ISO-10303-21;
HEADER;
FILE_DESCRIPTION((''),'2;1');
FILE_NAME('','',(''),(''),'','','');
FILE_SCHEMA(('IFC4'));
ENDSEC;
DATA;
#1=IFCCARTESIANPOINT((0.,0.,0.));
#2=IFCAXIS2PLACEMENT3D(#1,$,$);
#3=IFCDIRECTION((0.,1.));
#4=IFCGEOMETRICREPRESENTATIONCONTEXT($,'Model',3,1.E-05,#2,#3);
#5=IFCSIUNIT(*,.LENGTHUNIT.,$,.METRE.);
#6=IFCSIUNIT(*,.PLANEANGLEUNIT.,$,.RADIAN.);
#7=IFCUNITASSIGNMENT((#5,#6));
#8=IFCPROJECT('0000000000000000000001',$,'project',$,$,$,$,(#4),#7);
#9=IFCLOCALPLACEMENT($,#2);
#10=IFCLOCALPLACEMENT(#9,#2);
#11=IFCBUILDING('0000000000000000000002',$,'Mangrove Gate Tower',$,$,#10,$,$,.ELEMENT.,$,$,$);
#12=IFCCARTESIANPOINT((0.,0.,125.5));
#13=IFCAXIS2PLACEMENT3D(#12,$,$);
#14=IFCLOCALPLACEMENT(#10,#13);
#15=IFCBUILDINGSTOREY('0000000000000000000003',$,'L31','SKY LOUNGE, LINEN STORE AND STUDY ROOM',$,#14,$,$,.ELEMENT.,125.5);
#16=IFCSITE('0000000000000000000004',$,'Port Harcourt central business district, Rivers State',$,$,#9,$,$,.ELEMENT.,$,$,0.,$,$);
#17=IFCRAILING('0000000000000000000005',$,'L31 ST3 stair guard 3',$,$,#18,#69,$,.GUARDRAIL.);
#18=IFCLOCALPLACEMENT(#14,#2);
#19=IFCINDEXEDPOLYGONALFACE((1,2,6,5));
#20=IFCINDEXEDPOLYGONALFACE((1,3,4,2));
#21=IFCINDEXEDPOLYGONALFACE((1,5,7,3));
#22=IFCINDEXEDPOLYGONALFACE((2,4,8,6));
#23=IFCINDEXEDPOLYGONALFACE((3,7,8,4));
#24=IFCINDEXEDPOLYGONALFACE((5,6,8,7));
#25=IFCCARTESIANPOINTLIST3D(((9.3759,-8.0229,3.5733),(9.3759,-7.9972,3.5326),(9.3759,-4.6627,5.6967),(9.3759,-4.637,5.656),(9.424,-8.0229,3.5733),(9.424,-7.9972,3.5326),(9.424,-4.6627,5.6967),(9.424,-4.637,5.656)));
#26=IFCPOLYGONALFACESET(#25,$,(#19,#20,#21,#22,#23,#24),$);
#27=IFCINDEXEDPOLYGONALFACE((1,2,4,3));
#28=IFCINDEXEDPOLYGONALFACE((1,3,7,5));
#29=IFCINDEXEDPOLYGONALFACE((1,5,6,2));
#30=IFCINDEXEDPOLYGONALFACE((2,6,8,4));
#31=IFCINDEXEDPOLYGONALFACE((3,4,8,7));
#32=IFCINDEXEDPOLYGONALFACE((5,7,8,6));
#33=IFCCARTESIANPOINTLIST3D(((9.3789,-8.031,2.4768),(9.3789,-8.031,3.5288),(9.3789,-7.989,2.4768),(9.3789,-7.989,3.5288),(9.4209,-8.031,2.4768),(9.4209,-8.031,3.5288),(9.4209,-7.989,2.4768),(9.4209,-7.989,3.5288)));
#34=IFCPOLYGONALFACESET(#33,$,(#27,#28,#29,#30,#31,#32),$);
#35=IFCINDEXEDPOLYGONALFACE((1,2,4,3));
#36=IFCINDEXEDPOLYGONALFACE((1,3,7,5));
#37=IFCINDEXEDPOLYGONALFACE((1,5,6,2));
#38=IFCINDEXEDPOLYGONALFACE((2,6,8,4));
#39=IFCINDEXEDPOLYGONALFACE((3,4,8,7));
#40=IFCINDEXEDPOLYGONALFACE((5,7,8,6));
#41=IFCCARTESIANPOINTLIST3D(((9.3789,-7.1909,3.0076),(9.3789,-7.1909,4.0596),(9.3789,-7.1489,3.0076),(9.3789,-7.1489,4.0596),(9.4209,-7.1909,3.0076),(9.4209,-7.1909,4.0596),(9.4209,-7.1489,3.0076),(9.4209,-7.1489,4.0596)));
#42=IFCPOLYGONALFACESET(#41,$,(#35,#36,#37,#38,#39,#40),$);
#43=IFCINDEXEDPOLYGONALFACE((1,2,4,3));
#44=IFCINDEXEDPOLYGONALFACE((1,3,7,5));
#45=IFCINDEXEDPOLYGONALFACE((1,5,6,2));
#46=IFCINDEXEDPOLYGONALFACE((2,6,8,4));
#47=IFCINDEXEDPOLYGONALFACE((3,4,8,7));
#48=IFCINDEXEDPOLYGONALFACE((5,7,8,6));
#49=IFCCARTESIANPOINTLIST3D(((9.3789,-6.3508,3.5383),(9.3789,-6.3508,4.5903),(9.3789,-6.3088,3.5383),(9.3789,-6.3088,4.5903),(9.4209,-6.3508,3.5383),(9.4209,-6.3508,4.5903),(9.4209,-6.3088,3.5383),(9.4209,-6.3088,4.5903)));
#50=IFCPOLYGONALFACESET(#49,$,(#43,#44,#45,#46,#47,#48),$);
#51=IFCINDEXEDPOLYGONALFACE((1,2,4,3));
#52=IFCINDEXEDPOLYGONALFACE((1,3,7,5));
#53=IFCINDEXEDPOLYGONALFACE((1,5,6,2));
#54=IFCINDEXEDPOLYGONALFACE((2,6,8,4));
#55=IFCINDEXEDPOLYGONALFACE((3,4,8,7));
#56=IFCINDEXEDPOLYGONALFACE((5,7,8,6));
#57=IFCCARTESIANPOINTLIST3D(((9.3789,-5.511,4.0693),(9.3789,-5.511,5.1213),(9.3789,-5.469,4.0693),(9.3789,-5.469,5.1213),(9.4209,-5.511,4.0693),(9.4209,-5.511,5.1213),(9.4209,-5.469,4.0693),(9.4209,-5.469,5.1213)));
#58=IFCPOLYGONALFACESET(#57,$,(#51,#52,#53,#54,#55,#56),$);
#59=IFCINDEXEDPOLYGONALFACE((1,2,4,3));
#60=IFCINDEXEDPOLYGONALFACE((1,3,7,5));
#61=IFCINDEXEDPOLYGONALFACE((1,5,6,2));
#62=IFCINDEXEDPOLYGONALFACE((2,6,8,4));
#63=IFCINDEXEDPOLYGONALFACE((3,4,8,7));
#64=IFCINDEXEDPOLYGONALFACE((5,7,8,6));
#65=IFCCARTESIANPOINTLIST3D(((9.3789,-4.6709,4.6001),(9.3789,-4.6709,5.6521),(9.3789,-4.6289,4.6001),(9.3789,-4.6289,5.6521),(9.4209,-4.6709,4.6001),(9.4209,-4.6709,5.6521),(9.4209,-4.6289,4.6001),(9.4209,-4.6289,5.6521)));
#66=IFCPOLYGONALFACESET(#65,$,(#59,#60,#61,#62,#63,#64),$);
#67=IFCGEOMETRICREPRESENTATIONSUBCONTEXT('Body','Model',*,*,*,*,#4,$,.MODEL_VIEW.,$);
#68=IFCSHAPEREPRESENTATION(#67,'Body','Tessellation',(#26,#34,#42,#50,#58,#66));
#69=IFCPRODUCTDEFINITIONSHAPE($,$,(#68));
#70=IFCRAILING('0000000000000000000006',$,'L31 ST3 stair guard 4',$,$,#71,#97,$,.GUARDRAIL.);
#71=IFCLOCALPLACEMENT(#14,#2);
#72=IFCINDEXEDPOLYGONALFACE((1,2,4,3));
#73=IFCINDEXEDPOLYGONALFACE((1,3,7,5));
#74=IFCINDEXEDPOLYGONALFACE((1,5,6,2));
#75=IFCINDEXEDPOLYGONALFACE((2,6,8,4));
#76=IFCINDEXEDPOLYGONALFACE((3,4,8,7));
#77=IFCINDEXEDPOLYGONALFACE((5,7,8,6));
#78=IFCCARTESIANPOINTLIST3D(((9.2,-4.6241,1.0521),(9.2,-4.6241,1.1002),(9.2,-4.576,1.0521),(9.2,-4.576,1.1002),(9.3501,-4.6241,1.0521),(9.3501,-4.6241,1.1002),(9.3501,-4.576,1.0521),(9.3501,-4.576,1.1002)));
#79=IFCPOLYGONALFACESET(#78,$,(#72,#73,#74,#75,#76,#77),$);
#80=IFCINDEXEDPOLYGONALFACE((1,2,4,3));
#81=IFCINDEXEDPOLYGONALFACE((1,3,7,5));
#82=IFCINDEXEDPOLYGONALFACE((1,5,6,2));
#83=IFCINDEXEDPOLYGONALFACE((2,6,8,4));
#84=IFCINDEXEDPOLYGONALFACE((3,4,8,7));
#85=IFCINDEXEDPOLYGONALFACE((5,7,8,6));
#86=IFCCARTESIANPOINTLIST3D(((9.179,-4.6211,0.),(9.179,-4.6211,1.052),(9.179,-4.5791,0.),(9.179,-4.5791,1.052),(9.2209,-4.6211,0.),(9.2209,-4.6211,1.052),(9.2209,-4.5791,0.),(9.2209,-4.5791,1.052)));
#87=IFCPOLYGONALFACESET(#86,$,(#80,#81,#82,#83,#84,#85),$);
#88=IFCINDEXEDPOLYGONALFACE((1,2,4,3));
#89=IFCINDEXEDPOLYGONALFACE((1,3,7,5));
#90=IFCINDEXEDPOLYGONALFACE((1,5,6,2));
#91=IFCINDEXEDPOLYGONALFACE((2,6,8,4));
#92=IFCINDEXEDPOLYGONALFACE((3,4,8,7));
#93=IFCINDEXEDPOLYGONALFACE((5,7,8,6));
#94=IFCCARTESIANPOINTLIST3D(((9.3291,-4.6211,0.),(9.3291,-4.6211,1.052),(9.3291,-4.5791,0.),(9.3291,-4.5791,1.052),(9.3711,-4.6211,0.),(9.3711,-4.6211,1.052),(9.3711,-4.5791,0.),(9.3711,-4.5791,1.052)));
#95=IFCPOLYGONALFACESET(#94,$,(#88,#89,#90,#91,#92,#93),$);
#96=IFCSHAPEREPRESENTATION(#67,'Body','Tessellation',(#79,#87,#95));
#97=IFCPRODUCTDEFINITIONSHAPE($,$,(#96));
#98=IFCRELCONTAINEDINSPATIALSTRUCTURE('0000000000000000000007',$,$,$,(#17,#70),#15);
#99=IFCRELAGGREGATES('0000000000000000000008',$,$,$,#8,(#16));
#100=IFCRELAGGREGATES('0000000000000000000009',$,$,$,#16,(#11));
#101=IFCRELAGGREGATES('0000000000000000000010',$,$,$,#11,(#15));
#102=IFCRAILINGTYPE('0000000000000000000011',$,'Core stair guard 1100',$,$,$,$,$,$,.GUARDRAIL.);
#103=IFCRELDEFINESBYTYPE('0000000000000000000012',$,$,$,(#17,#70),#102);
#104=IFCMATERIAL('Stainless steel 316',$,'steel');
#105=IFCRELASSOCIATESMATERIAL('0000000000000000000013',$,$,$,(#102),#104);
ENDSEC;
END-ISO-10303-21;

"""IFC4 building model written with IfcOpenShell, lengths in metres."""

from ifc_helpers import new_model, si_unit, direction, frame, origin, origin_2d, place, context, subcontext, project, spatial, rectangle, extrude, material, type_object, element, save


model = new_model("IFC4")

# Units and contexts
model_context = context("Model", 3, precision=1e-05, world=origin(), true_north=direction((0.0, 1.0)))
body_context = subcontext(model_context, "Body", "Model", "MODEL_VIEW")
ifc_project = project(units=[si_unit("LENGTHUNIT", "METRE"), si_unit("PLANEANGLEUNIT", "RADIAN")], contexts=[model_context])

# Site, building, storey
site_placement = place(None, origin())
site = spatial("IfcSite", under=ifc_project, at=site_placement, Name="Port Harcourt central business district, Rivers State", CompositionType="ELEMENT", RefElevation=0.0)
building_placement = place(site_placement, origin())
building = spatial("IfcBuilding", under=site, at=building_placement, Name="Mangrove Gate Tower", CompositionType="ELEMENT")
storey_placement = place(building_placement, frame((0.0, 0.0, 125.5)))
storey = spatial("IfcBuildingStorey", under=building, at=storey_placement, Name="L31", Description="SKY LOUNGE, LINEN STORE AND STUDY ROOM", CompositionType="ELEMENT", Elevation=125.5)

# Railings
ifc_material_1 = material(Name="Stainless steel 316", Category="steel")
railing_type_1 = type_object("IfcRailingType", Name="Core stair guard 1100", PredefinedType="GUARDRAIL", material=ifc_material_1)
railing_1_placement = place(storey_placement, frame((9.3999, -8.01, 2.4768)))
element("IfcRailing", 1, at=railing_1_placement, inside=storey, type_object=railing_type_1, Name="L31 ST3 stair guard 3", PredefinedType="GUARDRAIL", context=body_context, shape_type="SweptSolid", body=[
    extrude(rectangle(XDim=0.0481, YDim=0.0481, at=origin_2d()), frame((0.0, 0.0, 1.0762), z_axis=(0.0, 0.845362, 0.534194), x_axis=(-1.0, 0.0, 0.0)), (0.0, 0.0, 1.0), 3.9749),
    extrude(rectangle(XDim=0.042, YDim=0.042, at=origin_2d()), origin(), (0.0, 0.0, 1.0), 1.052),
    extrude(rectangle(XDim=0.042, YDim=0.042, at=origin_2d()), frame((0.0, 0.8401, 0.5308)), (0.0, 0.0, 1.0), 1.052),
    extrude(rectangle(XDim=0.042, YDim=0.042, at=origin_2d()), frame((0.0, 1.6802, 1.0615)), (0.0, 0.0, 1.0), 1.052),
    extrude(rectangle(XDim=0.042, YDim=0.042, at=origin_2d()), frame((0.0, 2.52, 1.5925)), (0.0, 0.0, 1.0), 1.052),
    extrude(rectangle(XDim=0.042, YDim=0.042, at=origin_2d()), frame((0.0, 3.3601, 2.1233)), (0.0, 0.0, 1.0), 1.052),
])
railing_2_placement = place(storey_placement, frame((9.2, -4.6001, 0.0)))
element("IfcRailing", 2, at=railing_2_placement, inside=storey, type_object=railing_type_1, Name="L31 ST3 stair guard 4", PredefinedType="GUARDRAIL", context=body_context, shape_type="SweptSolid", body=[
    extrude(rectangle(XDim=0.0481, YDim=0.0481, at=origin_2d()), frame((0.0, 0.0, 1.0762), z_axis=(1.0, 0.0, 0.0), x_axis=(0.0, 1.0, 0.0)), (0.0, 0.0, 1.0), 0.1501),
    extrude(rectangle(XDim=0.042, YDim=0.042, at=origin_2d()), origin(), (0.0, 0.0, 1.0), 1.052),
    extrude(rectangle(XDim=0.042, YDim=0.042, at=origin_2d()), frame((0.1501, 0.0, 0.0)), (0.0, 0.0, 1.0), 1.052),
])

save(model, "model.ifc")
